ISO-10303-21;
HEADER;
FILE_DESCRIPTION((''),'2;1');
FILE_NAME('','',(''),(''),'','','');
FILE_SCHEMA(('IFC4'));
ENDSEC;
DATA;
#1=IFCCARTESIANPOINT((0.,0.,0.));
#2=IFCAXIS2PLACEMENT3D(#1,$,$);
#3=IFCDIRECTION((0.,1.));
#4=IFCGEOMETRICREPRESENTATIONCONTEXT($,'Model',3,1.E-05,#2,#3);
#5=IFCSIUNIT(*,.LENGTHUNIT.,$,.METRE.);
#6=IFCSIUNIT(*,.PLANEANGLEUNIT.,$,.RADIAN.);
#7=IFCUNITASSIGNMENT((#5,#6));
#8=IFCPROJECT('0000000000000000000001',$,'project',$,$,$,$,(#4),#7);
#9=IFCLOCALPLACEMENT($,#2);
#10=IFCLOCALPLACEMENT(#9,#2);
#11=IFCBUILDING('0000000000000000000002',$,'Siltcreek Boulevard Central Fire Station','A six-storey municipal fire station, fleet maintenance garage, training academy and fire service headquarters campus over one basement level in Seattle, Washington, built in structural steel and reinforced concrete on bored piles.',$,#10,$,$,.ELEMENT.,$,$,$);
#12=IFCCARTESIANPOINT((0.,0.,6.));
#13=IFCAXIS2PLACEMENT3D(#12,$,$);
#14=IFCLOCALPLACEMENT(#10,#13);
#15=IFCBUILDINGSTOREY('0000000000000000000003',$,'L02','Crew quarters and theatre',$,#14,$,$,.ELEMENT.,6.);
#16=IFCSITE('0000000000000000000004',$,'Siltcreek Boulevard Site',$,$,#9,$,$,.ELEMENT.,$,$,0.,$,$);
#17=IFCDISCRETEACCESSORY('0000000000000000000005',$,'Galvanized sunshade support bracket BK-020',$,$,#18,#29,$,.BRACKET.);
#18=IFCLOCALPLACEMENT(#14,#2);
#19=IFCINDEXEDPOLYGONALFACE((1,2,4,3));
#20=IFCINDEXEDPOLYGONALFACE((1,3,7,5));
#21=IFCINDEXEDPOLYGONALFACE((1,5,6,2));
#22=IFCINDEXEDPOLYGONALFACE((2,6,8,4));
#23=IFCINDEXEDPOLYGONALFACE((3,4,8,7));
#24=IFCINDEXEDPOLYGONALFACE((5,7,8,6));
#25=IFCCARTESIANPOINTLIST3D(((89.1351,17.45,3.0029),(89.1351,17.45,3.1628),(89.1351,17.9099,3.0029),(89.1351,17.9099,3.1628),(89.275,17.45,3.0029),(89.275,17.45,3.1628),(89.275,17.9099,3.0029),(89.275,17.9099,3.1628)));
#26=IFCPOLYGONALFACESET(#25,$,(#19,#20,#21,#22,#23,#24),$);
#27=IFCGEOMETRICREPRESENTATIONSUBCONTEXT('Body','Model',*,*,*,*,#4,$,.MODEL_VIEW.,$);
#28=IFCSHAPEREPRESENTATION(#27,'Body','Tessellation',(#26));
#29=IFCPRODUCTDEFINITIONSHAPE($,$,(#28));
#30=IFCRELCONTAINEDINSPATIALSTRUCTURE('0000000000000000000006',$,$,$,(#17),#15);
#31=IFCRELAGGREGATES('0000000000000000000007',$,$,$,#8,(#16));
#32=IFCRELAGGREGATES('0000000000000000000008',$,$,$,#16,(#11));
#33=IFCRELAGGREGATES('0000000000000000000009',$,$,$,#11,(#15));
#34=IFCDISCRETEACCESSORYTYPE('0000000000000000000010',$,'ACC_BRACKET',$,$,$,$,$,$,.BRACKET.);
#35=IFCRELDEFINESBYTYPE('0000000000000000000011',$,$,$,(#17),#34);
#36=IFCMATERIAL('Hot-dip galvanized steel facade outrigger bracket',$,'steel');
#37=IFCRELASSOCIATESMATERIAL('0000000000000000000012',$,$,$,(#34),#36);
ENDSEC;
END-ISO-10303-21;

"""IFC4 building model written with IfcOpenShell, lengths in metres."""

from ifc_helpers import new_model, si_unit, direction, frame, origin, origin_2d, place, context, subcontext, project, spatial, rectangle, extrude, material, type_object, element, save


model = new_model("IFC4")

# Units and contexts
model_context = context("Model", 3, precision=1e-05, world=origin(), true_north=direction((0.0, 1.0)))
body_context = subcontext(model_context, "Body", "Model", "MODEL_VIEW")
ifc_project = project(units=[si_unit("LENGTHUNIT", "METRE"), si_unit("PLANEANGLEUNIT", "RADIAN")], contexts=[model_context])

# Site, building, storey
site_placement = place(None, origin())
site = spatial("IfcSite", under=ifc_project, at=site_placement, Name="Siltcreek Boulevard Site", CompositionType="ELEMENT", RefElevation=0.0)
building_placement = place(site_placement, origin())
building = spatial("IfcBuilding", under=site, at=building_placement, Name="Siltcreek Boulevard Central Fire Station", Description="A six-storey municipal fire station, fleet maintenance garage, training academy and fire service headquarters campus over one basement level in Seattle, Washington, built in structural steel and reinforced concrete on bored piles.", CompositionType="ELEMENT")
storey_placement = place(building_placement, frame((0.0, 0.0, 6.0)))
storey = spatial("IfcBuildingStorey", under=building, at=storey_placement, Name="L02", Description="Crew quarters and theatre", CompositionType="ELEMENT", Elevation=6.0)

# Discrete accessory
ifc_material_1 = material(Name="Hot-dip galvanized steel facade outrigger bracket", Category="steel")
discrete_accessory_type = type_object("IfcDiscreteAccessoryType", Name="ACC_BRACKET", PredefinedType="BRACKET", material=ifc_material_1)
for number, where, z_axis, x_axis, name in (
    (1, (89.2051, 17.6799, 3.0029), (0.0, 0.0, 1.0), (1.0, 0.0, 0.0), "Galvanized sunshade support bracket BK-020"),
):
    element("IfcDiscreteAccessory", number, at=place(storey_placement, frame(where, z_axis=z_axis, x_axis=x_axis)), inside=storey, type_object=discrete_accessory_type, Name=name, PredefinedType="BRACKET", context=body_context, shape_type="SweptSolid", body=[
        extrude(rectangle(XDim=0.1399, YDim=0.46, at=origin_2d()), origin(), (0.0, 0.0, 1.0), 0.1599),
    ])

save(model, "model.ifc")
